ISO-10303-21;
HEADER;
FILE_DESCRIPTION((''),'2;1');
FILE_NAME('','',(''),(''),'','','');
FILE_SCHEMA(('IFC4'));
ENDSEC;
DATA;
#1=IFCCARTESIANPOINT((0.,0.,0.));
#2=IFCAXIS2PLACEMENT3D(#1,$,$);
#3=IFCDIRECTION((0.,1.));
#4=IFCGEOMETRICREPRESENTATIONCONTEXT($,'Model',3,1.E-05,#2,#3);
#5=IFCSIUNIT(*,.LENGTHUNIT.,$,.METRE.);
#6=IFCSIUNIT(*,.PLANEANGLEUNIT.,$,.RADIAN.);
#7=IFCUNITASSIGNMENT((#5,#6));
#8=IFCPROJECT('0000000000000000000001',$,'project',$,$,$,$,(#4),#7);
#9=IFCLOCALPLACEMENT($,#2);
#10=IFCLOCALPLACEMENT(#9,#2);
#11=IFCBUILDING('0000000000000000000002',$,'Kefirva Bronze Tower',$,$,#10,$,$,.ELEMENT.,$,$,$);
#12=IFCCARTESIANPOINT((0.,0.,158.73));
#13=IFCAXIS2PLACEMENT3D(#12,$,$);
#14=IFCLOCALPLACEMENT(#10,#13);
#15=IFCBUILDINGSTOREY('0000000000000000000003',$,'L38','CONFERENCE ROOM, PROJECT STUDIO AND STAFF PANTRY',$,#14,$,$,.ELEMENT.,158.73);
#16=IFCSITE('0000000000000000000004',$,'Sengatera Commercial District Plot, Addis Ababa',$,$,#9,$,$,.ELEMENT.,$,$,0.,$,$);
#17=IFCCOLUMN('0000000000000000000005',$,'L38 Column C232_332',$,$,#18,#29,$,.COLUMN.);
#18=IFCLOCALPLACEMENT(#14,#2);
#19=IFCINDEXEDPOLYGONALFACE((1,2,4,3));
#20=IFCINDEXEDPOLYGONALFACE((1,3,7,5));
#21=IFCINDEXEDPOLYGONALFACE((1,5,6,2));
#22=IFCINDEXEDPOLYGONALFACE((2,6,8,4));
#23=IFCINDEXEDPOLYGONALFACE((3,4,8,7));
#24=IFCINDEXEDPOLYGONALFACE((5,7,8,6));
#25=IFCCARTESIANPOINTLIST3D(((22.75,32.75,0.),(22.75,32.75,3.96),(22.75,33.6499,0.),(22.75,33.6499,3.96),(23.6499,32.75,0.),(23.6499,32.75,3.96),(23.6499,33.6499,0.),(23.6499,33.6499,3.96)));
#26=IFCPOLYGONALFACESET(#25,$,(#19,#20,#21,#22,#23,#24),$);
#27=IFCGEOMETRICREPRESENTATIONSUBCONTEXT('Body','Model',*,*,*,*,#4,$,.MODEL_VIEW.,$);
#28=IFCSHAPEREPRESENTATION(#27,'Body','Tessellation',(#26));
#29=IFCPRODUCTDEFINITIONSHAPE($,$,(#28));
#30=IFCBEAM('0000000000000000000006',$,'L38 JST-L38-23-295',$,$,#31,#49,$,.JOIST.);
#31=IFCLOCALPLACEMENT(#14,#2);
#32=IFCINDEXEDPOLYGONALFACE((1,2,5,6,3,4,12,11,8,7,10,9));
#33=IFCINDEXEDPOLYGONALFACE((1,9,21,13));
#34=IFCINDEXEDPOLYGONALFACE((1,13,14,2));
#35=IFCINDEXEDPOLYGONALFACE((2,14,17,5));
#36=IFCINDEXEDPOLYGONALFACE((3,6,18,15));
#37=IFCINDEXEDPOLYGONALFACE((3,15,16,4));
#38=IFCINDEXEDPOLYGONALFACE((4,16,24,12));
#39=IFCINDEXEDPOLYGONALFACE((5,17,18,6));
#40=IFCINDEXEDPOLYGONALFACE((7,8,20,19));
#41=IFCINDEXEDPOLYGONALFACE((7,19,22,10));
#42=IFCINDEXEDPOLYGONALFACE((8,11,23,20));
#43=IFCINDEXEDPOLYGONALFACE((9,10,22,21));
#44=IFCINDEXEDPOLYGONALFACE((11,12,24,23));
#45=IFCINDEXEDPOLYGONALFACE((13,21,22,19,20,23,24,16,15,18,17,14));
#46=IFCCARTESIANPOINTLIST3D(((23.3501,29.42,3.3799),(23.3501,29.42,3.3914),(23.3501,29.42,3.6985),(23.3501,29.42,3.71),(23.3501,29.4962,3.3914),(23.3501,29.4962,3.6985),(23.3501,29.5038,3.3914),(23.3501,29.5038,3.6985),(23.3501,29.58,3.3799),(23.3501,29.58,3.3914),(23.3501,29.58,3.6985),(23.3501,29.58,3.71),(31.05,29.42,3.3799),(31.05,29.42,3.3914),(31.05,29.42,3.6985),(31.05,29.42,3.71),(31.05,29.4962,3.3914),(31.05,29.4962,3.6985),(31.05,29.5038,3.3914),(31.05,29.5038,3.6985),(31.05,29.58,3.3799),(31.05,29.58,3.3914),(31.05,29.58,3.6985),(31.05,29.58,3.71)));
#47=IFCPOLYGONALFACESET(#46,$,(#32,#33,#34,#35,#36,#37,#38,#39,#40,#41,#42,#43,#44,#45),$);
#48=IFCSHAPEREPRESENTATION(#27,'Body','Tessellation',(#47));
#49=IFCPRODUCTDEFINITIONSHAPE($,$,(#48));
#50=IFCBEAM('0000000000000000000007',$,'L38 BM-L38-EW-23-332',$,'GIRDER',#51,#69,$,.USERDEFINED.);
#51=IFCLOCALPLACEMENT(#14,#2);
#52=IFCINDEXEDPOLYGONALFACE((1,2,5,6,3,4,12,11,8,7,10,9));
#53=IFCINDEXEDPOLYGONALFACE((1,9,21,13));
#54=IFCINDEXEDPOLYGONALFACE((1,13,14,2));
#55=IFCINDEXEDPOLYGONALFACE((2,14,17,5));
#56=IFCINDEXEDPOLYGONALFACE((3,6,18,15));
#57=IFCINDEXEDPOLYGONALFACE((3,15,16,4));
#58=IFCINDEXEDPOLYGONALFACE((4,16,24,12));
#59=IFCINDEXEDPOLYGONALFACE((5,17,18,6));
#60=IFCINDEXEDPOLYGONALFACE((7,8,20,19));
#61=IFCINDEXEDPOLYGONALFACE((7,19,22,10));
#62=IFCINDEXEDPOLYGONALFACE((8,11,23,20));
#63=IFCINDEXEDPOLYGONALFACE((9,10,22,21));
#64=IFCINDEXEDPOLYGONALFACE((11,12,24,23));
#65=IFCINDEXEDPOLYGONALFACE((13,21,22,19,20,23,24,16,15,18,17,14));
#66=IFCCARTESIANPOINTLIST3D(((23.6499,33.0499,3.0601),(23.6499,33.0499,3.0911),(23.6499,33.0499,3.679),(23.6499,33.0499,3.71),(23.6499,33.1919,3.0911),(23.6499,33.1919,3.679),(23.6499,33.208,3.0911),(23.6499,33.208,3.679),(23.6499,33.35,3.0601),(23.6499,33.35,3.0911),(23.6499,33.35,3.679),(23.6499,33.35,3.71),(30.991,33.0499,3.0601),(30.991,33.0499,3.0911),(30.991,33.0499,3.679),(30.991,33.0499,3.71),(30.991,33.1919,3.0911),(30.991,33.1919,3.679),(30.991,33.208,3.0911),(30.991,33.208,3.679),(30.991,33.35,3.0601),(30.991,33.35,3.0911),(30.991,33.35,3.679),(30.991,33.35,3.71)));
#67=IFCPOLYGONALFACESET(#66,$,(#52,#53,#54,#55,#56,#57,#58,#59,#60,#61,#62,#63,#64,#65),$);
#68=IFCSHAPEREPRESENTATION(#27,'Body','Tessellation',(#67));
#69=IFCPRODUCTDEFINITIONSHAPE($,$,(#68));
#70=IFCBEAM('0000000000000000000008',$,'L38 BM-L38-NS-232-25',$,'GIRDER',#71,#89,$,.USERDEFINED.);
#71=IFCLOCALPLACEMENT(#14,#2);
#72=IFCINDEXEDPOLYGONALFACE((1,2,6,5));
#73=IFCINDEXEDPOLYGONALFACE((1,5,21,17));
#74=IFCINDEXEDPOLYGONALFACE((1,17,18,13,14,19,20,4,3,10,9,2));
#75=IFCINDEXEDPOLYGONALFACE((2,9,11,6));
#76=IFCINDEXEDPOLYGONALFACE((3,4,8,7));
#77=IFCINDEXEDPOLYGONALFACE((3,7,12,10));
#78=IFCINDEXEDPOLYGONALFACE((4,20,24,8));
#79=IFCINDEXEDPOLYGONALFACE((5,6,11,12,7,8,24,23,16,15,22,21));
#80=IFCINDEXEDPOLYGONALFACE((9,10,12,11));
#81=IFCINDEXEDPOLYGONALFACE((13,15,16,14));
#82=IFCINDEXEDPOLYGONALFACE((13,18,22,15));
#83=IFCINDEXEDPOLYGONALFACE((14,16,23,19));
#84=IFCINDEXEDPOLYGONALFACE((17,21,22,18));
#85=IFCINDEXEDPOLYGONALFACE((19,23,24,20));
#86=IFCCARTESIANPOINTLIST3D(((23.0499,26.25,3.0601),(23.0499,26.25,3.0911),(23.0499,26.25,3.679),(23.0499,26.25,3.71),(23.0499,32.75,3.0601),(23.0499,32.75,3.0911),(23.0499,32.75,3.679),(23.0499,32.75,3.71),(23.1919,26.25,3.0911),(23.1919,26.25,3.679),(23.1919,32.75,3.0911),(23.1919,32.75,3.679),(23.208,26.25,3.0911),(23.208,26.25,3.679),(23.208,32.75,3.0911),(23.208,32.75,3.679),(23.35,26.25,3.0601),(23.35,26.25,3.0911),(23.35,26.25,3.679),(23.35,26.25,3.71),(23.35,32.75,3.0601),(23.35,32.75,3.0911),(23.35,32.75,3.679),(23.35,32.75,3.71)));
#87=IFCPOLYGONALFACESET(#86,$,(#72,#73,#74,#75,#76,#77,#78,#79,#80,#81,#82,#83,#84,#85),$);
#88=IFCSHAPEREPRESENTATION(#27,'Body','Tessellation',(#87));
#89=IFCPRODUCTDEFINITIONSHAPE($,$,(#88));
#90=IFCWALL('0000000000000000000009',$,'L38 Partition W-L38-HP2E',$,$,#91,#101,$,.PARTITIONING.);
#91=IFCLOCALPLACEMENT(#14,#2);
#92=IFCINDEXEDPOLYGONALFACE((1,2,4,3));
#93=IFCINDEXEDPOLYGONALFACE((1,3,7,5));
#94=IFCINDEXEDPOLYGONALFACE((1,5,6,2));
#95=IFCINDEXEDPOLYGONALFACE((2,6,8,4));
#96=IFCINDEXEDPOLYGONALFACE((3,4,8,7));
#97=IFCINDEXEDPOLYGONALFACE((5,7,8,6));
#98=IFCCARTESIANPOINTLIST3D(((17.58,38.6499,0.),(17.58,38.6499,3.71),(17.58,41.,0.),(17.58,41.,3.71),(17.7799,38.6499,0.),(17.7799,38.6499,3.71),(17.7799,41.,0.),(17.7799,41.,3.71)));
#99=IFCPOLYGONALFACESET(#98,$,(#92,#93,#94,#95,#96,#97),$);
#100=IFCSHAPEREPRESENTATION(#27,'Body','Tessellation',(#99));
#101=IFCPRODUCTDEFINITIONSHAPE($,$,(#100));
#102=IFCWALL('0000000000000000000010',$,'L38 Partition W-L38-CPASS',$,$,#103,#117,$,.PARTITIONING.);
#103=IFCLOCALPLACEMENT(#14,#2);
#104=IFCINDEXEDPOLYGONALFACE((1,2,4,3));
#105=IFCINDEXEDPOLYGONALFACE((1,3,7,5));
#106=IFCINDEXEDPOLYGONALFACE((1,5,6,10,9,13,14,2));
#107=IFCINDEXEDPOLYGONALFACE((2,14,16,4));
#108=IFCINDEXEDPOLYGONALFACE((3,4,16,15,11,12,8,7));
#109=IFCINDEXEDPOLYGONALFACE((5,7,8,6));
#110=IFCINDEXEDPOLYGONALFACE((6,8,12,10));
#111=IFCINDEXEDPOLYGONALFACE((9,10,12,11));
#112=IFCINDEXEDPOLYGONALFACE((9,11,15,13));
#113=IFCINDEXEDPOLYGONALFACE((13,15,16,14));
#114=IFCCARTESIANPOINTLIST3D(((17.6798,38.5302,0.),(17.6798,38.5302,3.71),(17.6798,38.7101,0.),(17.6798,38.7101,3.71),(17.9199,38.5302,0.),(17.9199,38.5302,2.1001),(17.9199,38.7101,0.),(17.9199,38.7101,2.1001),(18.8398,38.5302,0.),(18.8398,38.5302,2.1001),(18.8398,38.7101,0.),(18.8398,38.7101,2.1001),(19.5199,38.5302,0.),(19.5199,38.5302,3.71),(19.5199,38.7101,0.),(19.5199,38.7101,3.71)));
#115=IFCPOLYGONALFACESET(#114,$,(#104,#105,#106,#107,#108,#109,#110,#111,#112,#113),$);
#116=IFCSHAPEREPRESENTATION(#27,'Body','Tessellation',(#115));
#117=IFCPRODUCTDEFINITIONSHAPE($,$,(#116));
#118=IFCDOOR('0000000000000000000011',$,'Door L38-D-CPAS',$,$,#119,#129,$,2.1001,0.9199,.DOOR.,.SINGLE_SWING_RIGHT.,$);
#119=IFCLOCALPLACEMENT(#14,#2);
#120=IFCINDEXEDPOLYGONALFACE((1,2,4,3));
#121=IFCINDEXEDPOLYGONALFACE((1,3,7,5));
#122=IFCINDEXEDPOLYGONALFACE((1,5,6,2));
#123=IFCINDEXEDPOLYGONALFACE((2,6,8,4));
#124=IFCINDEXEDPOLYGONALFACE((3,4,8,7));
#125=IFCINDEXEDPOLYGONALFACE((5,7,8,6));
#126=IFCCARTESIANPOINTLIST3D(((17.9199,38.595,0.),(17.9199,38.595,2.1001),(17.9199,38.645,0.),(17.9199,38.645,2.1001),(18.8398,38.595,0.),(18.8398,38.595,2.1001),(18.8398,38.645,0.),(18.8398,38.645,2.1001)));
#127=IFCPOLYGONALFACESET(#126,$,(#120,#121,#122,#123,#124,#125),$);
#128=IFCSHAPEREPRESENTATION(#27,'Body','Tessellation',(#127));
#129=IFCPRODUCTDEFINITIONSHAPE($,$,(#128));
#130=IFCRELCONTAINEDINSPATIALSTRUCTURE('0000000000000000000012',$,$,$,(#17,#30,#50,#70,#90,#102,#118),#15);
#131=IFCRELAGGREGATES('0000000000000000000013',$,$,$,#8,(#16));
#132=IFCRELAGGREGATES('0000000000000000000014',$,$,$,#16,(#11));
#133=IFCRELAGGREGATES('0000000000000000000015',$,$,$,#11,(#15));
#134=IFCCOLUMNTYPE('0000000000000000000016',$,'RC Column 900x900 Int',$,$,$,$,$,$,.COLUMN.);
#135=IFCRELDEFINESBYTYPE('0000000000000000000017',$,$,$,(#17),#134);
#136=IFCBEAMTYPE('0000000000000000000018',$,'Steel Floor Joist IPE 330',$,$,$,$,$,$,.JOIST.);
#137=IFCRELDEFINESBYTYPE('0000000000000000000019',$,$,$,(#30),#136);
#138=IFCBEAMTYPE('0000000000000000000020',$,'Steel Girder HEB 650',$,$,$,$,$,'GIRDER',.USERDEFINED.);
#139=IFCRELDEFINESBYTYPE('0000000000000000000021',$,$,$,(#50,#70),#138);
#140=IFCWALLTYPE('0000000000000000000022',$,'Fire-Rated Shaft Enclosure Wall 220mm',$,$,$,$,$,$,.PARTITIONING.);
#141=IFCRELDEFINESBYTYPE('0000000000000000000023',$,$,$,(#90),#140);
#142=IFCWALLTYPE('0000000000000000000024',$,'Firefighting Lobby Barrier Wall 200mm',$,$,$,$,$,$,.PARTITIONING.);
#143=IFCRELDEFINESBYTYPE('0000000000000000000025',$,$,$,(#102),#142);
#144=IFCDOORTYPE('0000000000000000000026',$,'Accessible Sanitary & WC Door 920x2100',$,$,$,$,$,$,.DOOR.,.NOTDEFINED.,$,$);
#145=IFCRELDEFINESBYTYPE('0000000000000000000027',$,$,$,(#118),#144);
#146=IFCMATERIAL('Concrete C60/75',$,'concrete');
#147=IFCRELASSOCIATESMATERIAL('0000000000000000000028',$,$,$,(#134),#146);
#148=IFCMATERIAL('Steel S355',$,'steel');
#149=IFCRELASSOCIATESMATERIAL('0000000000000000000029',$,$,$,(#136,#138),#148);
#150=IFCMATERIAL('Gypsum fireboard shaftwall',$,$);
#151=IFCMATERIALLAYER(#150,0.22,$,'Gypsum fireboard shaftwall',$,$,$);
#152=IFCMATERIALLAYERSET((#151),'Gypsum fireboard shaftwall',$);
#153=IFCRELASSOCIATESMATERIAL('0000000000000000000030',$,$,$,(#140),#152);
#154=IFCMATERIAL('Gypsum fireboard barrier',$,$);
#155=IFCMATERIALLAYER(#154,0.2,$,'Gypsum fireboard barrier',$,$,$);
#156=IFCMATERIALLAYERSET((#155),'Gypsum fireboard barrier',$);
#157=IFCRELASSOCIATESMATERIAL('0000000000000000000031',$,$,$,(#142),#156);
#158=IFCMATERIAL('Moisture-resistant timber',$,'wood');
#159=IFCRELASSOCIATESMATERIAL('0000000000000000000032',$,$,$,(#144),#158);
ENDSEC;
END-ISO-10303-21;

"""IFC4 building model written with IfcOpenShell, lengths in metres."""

from ifc_helpers import new_model, si_unit, direction, frame, frame_2d, origin, origin_2d, place, context, subcontext, project, spatial, rectangle, i_section, extrude, material, layer, layer_set, material_profile, profile_set, type_object, element, fill, save


model = new_model("IFC4")

# Units and contexts
model_context = context("Model", 3, precision=1e-05, world=origin(), true_north=direction((0.0, 1.0)))
body_context = subcontext(model_context, "Body", "Model", "MODEL_VIEW")
ifc_project = project(units=[si_unit("LENGTHUNIT", "METRE"), si_unit("PLANEANGLEUNIT", "RADIAN")], contexts=[model_context])

# Site, building, storey
site_placement = place(None, origin())
site = spatial("IfcSite", under=ifc_project, at=site_placement, Name="Sengatera Commercial District Plot, Addis Ababa", CompositionType="ELEMENT", RefElevation=0.0)
building_placement = place(site_placement, origin())
building = spatial("IfcBuilding", under=site, at=building_placement, Name="Kefirva Bronze Tower", CompositionType="ELEMENT")
storey_placement = place(building_placement, frame((0.0, 0.0, 158.73)))
storey = spatial("IfcBuildingStorey", under=building, at=storey_placement, Name="L38", Description="CONFERENCE ROOM, PROJECT STUDIO AND STAFF PANTRY", CompositionType="ELEMENT", Elevation=158.73)

# Column
ifc_material_1 = material(Name="Concrete C60/75", Category="concrete")
ifc_material_profile_1 = material_profile(ifc_material_1, rectangle(XDim=0.8999, YDim=0.8999, at=origin_2d()), Name="RC 900x900")
ifc_profile_set_1 = profile_set([ifc_material_profile_1], Name="Concrete C60/75")
column_type = type_object("IfcColumnType", Name="RC Column 900x900 Int", PredefinedType="COLUMN", material=ifc_profile_set_1)
column_placement = place(storey_placement, frame((23.2, 33.2, 0.0), z_axis=(0.0, 0.0, 1.0), x_axis=(1.0, 0.0, 0.0)))
element("IfcColumn", 1, at=column_placement, inside=storey, type_object=column_type, Name="L38 Column C232_332", PredefinedType="COLUMN", context=body_context, shape_type="SweptSolid", body=[
    extrude(rectangle(XDim=0.8999, YDim=0.8999, at=origin_2d()), origin(), (0.0, 0.0, 1.0), 3.96),
])

# Beams
ifc_material_2 = material(Name="Steel S355", Category="steel")
ifc_material_profile_2 = material_profile(ifc_material_2, i_section(OverallWidth=0.1599, OverallDepth=0.3301, WebThickness=0.0076, FlangeThickness=0.0115, at=origin_2d()), Name="IPE 330")
ifc_profile_set_2 = profile_set([ifc_material_profile_2], Name="Steel S355")
beam_type_1 = type_object("IfcBeamType", Name="Steel Floor Joist IPE 330", PredefinedType="JOIST", material=ifc_profile_set_2)
beam_1_placement = place(storey_placement, frame((23.3501, 29.5, 3.5449), z_axis=(1.0, 0.0, 0.0), x_axis=(0.0, 1.0, 0.0)))
element("IfcBeam", 2, at=beam_1_placement, inside=storey, type_object=beam_type_1, Name="L38 JST-L38-23-295", PredefinedType="JOIST", context=body_context, shape_type="SweptSolid", body=[
    extrude(i_section(OverallWidth=0.1599, OverallDepth=0.3301, WebThickness=0.0076, FlangeThickness=0.0115, at=origin_2d()), origin(), (0.0, 0.0, 1.0), 7.7),
])
ifc_material_profile_3 = material_profile(ifc_material_2, i_section(OverallWidth=0.3, OverallDepth=0.6499, WebThickness=0.0161, FlangeThickness=0.031, at=origin_2d()), Name="HEB 650")
ifc_profile_set_3 = profile_set([ifc_material_profile_3], Name="Steel S355")
beam_type_2 = type_object("IfcBeamType", Name="Steel Girder HEB 650", ElementType="GIRDER", PredefinedType="USERDEFINED", material=ifc_profile_set_3)
beam_2_placement = place(storey_placement, frame((23.6499, 33.2, 3.385), z_axis=(1.0, 0.0, 0.0), x_axis=(0.0, 1.0, 0.0)))
element("IfcBeam", 3, at=beam_2_placement, inside=storey, type_object=beam_type_2, Name="L38 BM-L38-EW-23-332", ObjectType="GIRDER", PredefinedType="USERDEFINED", context=body_context, shape_type="SweptSolid", body=[
    extrude(i_section(OverallWidth=0.3, OverallDepth=0.6499, WebThickness=0.0161, FlangeThickness=0.031, at=origin_2d()), origin(), (0.0, 0.0, 1.0), 7.3411),
])
beam_3_placement = place(storey_placement, frame((23.2, 26.25, 3.385), z_axis=(0.0, 1.0, 0.0), x_axis=(-1.0, 0.0, 0.0)))
element("IfcBeam", 4, at=beam_3_placement, inside=storey, type_object=beam_type_2, Name="L38 BM-L38-NS-232-25", ObjectType="GIRDER", PredefinedType="USERDEFINED", context=body_context, shape_type="SweptSolid", body=[
    extrude(i_section(OverallWidth=0.3, OverallDepth=0.6499, WebThickness=0.0161, FlangeThickness=0.031, at=origin_2d()), origin(), (0.0, 0.0, 1.0), 6.5),
])

# Shared definitions
ifc_material_3 = material(Name="Gypsum fireboard shaftwall")
ifc_layer_1 = layer(ifc_material_3, 0.22, Name="Gypsum fireboard shaftwall")
ifc_layer_set_1 = layer_set([ifc_layer_1], Name="Gypsum fireboard shaftwall")
wall_type_1 = type_object("IfcWallType", Name="Fire-Rated Shaft Enclosure Wall 220mm", PredefinedType="PARTITIONING", material=ifc_layer_set_1)

# Wall
wall_1_placement = place(storey_placement, frame((17.6799, 38.6499, 0.0), z_axis=(0.0, 0.0, 1.0), x_axis=(0.0, 1.0, 0.0)))
element("IfcWall", 5, at=wall_1_placement, inside=storey, type_object=wall_type_1, Name="L38 Partition W-L38-HP2E", PredefinedType="PARTITIONING", context=body_context, shape_type="SweptSolid", body=[
    extrude(rectangle(XDim=2.3501, YDim=0.2, at=frame_2d((1.175, 0.0))), origin(), (0.0, 0.0, 1.0), 3.71),
])

# Wall, opening, door
ifc_material_4 = material(Name="Gypsum fireboard barrier")
ifc_layer_2 = layer(ifc_material_4, 0.2, Name="Gypsum fireboard barrier")
ifc_layer_set_2 = layer_set([ifc_layer_2], Name="Gypsum fireboard barrier")
wall_type_2 = type_object("IfcWallType", Name="Firefighting Lobby Barrier Wall 200mm", PredefinedType="PARTITIONING", material=ifc_layer_set_2)
wall_2_placement = place(storey_placement, frame((17.6799, 38.6201, 0.0), z_axis=(0.0, 0.0, 1.0), x_axis=(1.0, 0.0, 0.0)))
wall_2 = element("IfcWall", 6, at=wall_2_placement, inside=storey, type_object=wall_type_2, Name="L38 Partition W-L38-CPASS", PredefinedType="PARTITIONING", context=body_context, shape_type="SweptSolid", body=[
    extrude(rectangle(XDim=1.8401, YDim=0.1799, at=frame_2d((0.9199, 0.0))), origin(), (0.0, 0.0, 1.0), 3.71),
])
opening_1_placement = place(wall_2_placement, frame((0.24, 0.0, 0.0)))
opening_1 = element("IfcOpeningElement", 7, at=opening_1_placement, cuts=wall_2, PredefinedType="OPENING", context=body_context, shape_type="SweptSolid", body=[
    extrude(rectangle(XDim=0.9199, YDim=2.1001, at=frame_2d((0.46, 1.05))), frame((0.0, 0.1001, 0.0), z_axis=(0.0, -1.0, 0.0), x_axis=(1.0, 0.0, 0.0)), (0.0, 0.0, 1.0), 0.2),
])
ifc_material_5 = material(Name="Moisture-resistant timber", Category="wood")
door_type_1 = type_object("IfcDoorType", Name="Accessible Sanitary & WC Door 920x2100", OperationType="NOTDEFINED", PredefinedType="DOOR", material=ifc_material_5)
door_1_placement = place(opening_1_placement, origin())
door_1 = element("IfcDoor", 8, at=door_1_placement, inside=storey, type_object=door_type_1, Name="Door L38-D-CPAS", OperationType="SINGLE_SWING_RIGHT", OverallHeight=2.1001, OverallWidth=0.9199, PredefinedType="DOOR", context=body_context, shape_type="SweptSolid", body=[
    extrude(rectangle(XDim=0.9199, YDim=2.1001, at=frame_2d((0.46, 1.05))), frame((0.0, 0.0249, 0.0), z_axis=(0.0, -1.0, 0.0), x_axis=(1.0, 0.0, 0.0)), (0.0, 0.0, 1.0), 0.05),
])
fill(opening_1, door_1)

save(model, "model.ifc")
